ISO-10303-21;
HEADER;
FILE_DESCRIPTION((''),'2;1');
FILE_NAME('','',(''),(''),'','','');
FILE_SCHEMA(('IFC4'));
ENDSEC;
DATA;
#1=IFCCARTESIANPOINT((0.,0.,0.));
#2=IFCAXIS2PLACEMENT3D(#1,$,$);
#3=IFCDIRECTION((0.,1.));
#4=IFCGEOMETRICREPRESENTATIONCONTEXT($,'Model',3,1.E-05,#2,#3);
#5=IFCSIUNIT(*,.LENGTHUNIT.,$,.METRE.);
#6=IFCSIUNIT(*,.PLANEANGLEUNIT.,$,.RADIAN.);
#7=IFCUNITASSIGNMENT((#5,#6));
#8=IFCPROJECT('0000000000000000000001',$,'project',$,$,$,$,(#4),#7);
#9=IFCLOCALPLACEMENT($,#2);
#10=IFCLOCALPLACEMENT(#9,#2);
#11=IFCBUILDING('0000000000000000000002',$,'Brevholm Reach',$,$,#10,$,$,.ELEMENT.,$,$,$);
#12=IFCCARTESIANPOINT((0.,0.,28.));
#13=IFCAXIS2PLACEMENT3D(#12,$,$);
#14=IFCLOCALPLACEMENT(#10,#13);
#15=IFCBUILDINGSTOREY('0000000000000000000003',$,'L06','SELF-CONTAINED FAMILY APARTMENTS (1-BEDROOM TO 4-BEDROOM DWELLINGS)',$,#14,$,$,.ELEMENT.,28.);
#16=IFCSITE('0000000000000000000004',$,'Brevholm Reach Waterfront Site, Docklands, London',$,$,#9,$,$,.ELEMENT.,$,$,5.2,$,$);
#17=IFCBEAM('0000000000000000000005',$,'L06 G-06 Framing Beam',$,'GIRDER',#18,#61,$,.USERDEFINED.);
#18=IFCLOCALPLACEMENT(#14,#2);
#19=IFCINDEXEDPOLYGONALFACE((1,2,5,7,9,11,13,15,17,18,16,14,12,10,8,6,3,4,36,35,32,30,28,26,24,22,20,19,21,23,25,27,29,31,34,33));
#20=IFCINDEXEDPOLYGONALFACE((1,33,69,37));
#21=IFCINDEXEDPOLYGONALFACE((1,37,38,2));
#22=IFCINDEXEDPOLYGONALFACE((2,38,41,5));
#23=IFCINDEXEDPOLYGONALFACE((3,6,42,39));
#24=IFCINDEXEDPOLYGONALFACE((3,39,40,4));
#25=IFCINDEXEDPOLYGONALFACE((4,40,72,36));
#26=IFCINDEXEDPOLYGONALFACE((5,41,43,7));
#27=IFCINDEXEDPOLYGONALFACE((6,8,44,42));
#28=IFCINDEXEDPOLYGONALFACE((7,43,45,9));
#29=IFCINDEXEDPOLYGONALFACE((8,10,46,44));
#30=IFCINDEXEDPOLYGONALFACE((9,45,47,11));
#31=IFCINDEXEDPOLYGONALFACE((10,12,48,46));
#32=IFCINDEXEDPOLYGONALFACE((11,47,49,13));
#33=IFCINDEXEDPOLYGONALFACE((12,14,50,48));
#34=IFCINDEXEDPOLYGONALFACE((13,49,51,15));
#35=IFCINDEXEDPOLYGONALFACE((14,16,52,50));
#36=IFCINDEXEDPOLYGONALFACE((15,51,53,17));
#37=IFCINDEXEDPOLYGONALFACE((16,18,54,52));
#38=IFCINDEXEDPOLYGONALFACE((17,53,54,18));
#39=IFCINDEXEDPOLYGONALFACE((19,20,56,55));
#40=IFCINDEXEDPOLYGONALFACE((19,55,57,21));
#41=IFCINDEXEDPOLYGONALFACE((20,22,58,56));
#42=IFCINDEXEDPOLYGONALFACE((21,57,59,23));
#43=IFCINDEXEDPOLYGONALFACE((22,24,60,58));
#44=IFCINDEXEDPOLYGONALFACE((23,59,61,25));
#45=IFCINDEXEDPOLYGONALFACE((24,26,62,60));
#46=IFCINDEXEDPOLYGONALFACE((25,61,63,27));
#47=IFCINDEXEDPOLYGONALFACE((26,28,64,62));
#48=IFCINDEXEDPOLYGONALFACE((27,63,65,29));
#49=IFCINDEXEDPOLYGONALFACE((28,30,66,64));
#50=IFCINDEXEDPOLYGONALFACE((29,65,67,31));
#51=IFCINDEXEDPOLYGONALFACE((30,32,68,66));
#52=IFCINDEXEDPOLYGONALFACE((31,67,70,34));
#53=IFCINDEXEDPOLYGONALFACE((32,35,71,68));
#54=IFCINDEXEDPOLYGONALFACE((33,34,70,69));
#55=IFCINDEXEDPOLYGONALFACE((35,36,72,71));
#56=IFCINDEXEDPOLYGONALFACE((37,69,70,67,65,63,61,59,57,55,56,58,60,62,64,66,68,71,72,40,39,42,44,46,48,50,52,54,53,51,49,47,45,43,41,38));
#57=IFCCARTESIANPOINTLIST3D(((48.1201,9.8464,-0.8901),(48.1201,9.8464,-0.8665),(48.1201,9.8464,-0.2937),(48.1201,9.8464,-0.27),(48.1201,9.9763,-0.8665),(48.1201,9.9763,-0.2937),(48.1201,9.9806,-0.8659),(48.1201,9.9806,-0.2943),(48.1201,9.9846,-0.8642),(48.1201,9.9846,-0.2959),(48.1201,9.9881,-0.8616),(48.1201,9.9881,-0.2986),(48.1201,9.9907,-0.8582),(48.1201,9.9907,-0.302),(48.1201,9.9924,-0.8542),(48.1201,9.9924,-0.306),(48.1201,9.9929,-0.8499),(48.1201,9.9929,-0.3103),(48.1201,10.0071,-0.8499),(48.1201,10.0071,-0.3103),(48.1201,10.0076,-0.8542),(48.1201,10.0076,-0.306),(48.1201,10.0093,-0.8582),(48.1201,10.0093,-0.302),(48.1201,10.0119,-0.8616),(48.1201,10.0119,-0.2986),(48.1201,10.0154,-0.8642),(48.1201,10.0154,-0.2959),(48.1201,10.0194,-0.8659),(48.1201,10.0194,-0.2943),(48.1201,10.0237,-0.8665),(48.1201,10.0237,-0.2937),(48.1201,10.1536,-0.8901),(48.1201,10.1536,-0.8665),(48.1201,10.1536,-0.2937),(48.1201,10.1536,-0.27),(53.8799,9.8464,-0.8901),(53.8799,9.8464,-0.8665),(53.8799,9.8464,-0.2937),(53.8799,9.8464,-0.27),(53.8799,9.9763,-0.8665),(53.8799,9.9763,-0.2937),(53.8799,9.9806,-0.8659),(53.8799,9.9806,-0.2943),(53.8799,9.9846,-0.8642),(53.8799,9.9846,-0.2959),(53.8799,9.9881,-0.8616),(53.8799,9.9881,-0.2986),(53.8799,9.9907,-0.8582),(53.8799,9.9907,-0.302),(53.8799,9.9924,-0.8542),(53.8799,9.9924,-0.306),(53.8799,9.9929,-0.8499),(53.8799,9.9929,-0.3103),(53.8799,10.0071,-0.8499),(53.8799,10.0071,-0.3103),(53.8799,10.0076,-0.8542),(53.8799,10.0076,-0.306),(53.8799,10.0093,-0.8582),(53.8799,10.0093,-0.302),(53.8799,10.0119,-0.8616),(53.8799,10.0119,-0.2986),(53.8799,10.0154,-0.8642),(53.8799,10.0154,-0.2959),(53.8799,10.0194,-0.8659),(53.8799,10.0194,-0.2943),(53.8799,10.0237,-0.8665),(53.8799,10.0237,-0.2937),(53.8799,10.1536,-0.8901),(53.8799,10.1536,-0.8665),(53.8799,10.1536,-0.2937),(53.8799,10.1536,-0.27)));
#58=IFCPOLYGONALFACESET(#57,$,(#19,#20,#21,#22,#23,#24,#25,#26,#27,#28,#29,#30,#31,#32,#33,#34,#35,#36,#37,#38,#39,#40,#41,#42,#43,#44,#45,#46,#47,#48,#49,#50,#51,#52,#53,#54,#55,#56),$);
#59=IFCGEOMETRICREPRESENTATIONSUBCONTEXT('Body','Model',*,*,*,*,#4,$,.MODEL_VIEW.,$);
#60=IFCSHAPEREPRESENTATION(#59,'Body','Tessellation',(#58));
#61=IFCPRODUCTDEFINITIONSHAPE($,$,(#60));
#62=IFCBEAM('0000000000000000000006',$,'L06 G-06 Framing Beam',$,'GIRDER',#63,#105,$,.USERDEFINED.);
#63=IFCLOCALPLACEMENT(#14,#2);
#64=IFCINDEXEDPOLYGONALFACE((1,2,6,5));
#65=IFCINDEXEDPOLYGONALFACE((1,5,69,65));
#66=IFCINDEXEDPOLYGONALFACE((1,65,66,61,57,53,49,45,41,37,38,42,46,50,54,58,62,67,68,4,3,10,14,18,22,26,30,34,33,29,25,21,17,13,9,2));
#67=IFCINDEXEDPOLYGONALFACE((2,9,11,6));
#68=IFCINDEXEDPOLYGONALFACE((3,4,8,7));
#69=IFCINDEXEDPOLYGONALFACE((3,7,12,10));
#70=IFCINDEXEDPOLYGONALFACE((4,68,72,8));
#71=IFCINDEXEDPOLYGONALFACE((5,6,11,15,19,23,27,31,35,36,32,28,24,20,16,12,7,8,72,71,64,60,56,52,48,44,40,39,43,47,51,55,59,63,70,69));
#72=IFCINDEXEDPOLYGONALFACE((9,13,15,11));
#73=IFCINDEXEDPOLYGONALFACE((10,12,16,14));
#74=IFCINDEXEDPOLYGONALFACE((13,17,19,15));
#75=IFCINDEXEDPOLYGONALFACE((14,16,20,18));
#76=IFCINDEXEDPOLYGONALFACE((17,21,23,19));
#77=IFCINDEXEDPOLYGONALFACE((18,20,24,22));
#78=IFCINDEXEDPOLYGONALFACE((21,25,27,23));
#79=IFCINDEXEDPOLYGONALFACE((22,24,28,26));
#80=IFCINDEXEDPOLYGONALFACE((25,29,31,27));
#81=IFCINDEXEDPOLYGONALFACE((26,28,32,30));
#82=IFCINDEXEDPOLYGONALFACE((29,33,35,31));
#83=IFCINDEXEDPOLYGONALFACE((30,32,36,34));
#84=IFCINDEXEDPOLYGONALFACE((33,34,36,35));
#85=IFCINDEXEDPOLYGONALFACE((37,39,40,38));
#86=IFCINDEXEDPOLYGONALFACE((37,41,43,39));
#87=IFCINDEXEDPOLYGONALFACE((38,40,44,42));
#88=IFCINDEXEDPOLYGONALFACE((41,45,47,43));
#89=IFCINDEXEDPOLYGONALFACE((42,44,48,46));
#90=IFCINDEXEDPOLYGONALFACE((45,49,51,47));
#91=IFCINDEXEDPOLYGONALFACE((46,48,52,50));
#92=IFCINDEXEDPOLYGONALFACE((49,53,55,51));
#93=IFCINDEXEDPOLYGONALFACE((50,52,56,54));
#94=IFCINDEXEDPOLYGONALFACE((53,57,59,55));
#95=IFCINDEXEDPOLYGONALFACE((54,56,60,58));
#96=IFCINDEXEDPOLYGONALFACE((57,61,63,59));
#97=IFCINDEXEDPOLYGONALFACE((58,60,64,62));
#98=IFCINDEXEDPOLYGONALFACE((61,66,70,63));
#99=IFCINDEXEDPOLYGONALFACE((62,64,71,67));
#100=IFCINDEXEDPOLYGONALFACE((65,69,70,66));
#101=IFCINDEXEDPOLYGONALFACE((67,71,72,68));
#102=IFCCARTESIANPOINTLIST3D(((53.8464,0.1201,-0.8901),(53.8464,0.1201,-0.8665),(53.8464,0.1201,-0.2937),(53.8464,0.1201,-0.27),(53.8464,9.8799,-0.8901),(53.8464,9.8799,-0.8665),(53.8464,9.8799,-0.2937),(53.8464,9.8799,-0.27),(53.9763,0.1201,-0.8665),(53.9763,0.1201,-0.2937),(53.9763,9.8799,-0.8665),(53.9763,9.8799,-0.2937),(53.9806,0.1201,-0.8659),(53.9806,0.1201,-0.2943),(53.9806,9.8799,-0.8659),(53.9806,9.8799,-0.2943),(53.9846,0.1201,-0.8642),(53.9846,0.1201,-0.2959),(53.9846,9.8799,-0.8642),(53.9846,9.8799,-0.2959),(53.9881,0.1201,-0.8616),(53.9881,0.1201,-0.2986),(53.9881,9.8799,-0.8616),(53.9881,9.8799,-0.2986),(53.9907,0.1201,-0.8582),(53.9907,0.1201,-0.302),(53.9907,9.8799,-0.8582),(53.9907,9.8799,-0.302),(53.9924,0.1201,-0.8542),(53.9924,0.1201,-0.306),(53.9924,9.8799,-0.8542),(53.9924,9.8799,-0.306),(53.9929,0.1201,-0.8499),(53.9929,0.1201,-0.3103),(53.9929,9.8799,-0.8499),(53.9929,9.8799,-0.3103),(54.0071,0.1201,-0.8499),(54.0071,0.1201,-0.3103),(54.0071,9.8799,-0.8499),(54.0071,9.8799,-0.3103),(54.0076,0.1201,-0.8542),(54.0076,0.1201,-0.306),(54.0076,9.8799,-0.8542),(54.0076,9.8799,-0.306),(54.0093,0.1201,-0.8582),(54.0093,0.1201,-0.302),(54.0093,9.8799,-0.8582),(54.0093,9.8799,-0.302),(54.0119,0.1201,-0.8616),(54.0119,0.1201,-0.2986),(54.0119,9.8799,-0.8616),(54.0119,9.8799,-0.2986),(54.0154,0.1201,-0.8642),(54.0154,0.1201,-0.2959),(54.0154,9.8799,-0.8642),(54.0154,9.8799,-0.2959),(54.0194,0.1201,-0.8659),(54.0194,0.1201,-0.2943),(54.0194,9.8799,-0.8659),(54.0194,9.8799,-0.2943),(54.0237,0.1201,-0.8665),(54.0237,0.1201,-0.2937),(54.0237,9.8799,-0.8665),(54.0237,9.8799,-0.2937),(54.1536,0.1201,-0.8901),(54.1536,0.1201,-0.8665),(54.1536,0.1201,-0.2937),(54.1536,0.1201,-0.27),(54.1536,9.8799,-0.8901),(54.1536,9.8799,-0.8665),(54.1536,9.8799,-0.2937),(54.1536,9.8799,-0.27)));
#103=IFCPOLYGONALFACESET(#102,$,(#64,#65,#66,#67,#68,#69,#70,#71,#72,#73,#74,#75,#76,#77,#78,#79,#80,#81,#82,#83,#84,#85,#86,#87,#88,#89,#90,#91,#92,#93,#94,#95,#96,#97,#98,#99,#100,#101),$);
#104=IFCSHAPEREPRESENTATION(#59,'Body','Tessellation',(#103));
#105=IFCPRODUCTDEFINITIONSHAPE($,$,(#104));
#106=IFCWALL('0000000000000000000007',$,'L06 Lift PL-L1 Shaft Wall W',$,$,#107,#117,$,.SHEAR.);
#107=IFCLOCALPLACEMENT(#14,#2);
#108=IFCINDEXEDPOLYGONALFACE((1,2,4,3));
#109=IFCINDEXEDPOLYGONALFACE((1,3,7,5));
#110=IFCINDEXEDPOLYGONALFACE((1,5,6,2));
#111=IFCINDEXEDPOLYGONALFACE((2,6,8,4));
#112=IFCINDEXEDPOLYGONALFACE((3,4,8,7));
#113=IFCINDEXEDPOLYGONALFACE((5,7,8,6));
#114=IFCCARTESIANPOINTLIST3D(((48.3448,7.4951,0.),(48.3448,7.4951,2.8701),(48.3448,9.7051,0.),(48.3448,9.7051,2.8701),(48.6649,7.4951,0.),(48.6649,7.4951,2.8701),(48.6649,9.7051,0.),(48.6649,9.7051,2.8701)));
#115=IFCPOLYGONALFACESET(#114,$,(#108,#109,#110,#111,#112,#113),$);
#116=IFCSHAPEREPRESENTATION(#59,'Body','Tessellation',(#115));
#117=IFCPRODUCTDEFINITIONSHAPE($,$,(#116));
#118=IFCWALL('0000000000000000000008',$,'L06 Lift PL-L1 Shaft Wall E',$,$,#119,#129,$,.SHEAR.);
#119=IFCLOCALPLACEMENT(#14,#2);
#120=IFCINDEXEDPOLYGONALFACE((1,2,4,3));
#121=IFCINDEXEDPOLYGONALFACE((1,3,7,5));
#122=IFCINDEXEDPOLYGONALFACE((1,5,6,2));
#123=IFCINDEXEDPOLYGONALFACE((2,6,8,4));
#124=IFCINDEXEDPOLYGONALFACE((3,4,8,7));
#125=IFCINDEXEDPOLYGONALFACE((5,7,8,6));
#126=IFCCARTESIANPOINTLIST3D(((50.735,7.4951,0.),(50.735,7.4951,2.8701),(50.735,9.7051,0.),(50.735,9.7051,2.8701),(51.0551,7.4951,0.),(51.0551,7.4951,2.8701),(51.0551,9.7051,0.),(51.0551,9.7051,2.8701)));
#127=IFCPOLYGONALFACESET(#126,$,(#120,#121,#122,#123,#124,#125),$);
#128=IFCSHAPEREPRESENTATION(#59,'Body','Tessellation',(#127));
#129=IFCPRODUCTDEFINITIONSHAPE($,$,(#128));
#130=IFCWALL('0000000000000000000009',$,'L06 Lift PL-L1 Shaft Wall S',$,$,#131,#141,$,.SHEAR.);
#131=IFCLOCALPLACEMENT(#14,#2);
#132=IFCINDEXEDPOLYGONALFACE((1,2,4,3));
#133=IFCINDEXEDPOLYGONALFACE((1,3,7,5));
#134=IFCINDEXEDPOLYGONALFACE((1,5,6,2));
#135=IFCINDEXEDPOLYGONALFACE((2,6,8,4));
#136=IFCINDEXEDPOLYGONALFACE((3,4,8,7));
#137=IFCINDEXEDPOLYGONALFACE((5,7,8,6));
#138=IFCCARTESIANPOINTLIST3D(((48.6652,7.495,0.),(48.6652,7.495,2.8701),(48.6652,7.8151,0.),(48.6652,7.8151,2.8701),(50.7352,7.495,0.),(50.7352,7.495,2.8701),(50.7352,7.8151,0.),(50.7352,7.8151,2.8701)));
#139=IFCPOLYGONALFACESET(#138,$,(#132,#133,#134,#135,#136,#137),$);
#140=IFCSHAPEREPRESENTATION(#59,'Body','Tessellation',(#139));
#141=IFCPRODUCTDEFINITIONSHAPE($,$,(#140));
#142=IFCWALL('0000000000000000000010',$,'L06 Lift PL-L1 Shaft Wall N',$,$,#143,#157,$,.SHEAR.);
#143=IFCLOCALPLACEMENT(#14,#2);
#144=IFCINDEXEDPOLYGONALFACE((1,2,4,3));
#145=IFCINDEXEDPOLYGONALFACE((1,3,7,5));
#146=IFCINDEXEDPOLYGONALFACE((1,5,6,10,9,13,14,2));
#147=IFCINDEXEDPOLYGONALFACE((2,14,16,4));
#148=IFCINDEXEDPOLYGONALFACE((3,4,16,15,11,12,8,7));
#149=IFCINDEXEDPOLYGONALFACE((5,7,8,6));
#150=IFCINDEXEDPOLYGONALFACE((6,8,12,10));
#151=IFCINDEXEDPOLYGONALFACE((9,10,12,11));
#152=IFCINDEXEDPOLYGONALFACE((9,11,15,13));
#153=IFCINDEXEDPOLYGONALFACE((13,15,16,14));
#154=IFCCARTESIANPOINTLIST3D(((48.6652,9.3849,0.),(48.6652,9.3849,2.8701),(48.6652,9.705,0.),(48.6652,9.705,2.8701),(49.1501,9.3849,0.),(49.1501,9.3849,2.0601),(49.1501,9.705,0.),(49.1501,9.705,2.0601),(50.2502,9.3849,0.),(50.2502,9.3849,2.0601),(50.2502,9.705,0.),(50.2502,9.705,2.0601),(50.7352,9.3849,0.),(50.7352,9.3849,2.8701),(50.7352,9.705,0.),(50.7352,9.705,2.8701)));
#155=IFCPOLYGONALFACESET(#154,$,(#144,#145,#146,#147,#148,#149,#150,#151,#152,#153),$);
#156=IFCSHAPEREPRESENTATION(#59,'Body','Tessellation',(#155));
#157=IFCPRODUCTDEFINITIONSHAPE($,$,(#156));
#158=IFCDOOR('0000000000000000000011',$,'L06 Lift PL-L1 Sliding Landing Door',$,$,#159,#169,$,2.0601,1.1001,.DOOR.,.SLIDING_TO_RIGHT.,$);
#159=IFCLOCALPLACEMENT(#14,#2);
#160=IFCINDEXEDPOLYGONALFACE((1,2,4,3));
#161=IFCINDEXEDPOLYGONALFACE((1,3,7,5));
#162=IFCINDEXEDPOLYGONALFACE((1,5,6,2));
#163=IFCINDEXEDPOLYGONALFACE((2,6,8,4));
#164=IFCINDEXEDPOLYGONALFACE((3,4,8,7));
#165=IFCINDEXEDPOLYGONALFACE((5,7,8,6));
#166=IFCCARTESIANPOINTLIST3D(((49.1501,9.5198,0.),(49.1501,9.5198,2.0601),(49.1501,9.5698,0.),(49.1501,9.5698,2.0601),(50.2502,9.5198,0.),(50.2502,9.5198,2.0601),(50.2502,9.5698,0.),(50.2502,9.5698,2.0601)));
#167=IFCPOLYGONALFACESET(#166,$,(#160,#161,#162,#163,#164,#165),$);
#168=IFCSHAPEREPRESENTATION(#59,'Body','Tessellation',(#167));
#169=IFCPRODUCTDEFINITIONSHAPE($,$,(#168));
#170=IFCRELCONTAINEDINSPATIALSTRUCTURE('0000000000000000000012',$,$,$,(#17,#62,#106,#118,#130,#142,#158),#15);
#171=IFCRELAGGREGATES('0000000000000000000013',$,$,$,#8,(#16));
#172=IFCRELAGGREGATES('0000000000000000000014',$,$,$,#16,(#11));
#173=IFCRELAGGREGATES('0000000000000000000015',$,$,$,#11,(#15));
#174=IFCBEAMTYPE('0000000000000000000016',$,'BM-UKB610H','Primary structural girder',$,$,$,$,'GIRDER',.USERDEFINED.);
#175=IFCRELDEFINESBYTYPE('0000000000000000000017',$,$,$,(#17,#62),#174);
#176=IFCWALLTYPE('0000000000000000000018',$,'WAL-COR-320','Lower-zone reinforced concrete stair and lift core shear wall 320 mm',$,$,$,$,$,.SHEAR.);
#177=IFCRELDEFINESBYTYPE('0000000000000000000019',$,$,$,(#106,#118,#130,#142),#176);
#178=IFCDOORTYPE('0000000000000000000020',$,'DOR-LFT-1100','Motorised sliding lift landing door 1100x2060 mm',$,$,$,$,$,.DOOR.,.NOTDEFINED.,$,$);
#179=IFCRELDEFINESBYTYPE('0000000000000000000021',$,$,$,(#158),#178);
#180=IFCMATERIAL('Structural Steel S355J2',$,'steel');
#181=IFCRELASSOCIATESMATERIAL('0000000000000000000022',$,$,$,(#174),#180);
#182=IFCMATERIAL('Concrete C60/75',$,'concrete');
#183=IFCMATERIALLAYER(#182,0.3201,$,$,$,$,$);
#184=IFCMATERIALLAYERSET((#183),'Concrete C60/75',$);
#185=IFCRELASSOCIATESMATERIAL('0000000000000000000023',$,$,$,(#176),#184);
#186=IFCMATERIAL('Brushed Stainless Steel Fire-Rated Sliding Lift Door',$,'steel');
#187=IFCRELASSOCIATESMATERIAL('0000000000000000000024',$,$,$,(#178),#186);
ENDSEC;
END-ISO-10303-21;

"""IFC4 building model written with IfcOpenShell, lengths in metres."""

from ifc_helpers import new_model, si_unit, direction, frame, frame_2d, origin, origin_2d, place, context, subcontext, project, spatial, rectangle, i_section, extrude, material, layer, layer_set, material_profile, profile_set, type_object, element, fill, save


model = new_model("IFC4")

# Units and contexts
model_context = context("Model", 3, precision=1e-05, world=origin(), true_north=direction((0.0, 1.0)))
body_context = subcontext(model_context, "Body", "Model", "MODEL_VIEW")
ifc_project = project(units=[si_unit("LENGTHUNIT", "METRE"), si_unit("PLANEANGLEUNIT", "RADIAN")], contexts=[model_context])

# Site, building, storey
site_placement = place(None, origin())
site = spatial("IfcSite", under=ifc_project, at=site_placement, Name="Brevholm Reach Waterfront Site, Docklands, London", CompositionType="ELEMENT", RefElevation=5.2)
building_placement = place(site_placement, origin())
building = spatial("IfcBuilding", under=site, at=building_placement, Name="Brevholm Reach", CompositionType="ELEMENT")
storey_placement = place(building_placement, frame((0.0, 0.0, 28.0)))
storey = spatial("IfcBuildingStorey", under=building, at=storey_placement, Name="L06", Description="SELF-CONTAINED FAMILY APARTMENTS (1-BEDROOM TO 4-BEDROOM DWELLINGS)", CompositionType="ELEMENT", Elevation=28.0)

# Beams
ifc_material_1 = material(Name="Structural Steel S355J2", Category="steel")
ifc_material_profile_1 = material_profile(ifc_material_1, i_section(OverallWidth=0.3071, OverallDepth=0.6201, WebThickness=0.0142, FlangeThickness=0.0237, FilletRadius=0.0166, at=origin_2d()), Name="UKB 610x305x179")
ifc_profile_set_1 = profile_set([ifc_material_profile_1], Name="Structural Steel S355J2")
beam_type_1 = type_object("IfcBeamType", Name="BM-UKB610H", Description="Primary structural girder", ElementType="GIRDER", PredefinedType="USERDEFINED", material=ifc_profile_set_1)
beam_1_placement = place(storey_placement, frame((48.1201, 10.0, -0.5801), z_axis=(1.0, 0.0, 0.0), x_axis=(0.0, 1.0, 0.0)))
element("IfcBeam", 1, at=beam_1_placement, inside=storey, type_object=beam_type_1, Name="L06 G-06 Framing Beam", ObjectType="GIRDER", PredefinedType="USERDEFINED", context=body_context, shape_type="SweptSolid", body=[
    extrude(i_section(OverallWidth=0.3071, OverallDepth=0.6201, WebThickness=0.0142, FlangeThickness=0.0237, FilletRadius=0.0166, at=origin_2d()), origin(), (0.0, 0.0, 1.0), 5.7598),
])
beam_2_placement = place(storey_placement, frame((54.0, 0.1201, -0.5801), z_axis=(0.0, 1.0, 0.0), x_axis=(-1.0, 0.0, 0.0)))
element("IfcBeam", 2, at=beam_2_placement, inside=storey, type_object=beam_type_1, Name="L06 G-06 Framing Beam", ObjectType="GIRDER", PredefinedType="USERDEFINED", context=body_context, shape_type="SweptSolid", body=[
    extrude(i_section(OverallWidth=0.3071, OverallDepth=0.6201, WebThickness=0.0142, FlangeThickness=0.0237, FilletRadius=0.0166, at=origin_2d()), origin(), (0.0, 0.0, 1.0), 9.7598),
])

# Walls
ifc_material_2 = material(Name="Concrete C60/75", Category="concrete")
ifc_layer_1 = layer(ifc_material_2, 0.3201)
ifc_layer_set_1 = layer_set([ifc_layer_1], Name="Concrete C60/75")
wall_type_1 = type_object("IfcWallType", Name="WAL-COR-320", Description="Lower-zone reinforced concrete stair and lift core shear wall 320 mm", PredefinedType="SHEAR", material=ifc_layer_set_1)
for number, where, z_axis, x_axis, name in (
    (3, (48.5049, 7.4951, 0.0), (0.0, 0.0, 1.0), (0.0, 1.0, 0.0), "L06 Lift PL-L1 Shaft Wall W"),
    (4, (50.895, 7.4951, 0.0), (0.0, 0.0, 1.0), (0.0, 1.0, 0.0), "L06 Lift PL-L1 Shaft Wall E"),
):
    element("IfcWall", number, at=place(storey_placement, frame(where, z_axis=z_axis, x_axis=x_axis)), inside=storey, type_object=wall_type_1, Name=name, PredefinedType="SHEAR", context=body_context, shape_type="SweptSolid", body=[
        extrude(rectangle(XDim=2.21, YDim=0.3201, at=frame_2d((1.105, 0.0))), origin(), (0.0, 0.0, 1.0), 2.8701),
    ])
wall_1_placement = place(storey_placement, frame((48.665, 7.655, 0.0), z_axis=(0.0, 0.0, 1.0), x_axis=(1.0, 0.0, 0.0)))
element("IfcWall", 5, at=wall_1_placement, inside=storey, type_object=wall_type_1, Name="L06 Lift PL-L1 Shaft Wall S", PredefinedType="SHEAR", context=body_context, shape_type="SweptSolid", body=[
    extrude(rectangle(XDim=2.0701, YDim=0.3201, at=frame_2d((1.0352, 0.0))), origin(), (0.0, 0.0, 1.0), 2.8701),
])

# Wall, opening, door
wall_2_placement = place(storey_placement, frame((48.665, 9.5449, 0.0), z_axis=(0.0, 0.0, 1.0), x_axis=(1.0, 0.0, 0.0)))
wall_2 = element("IfcWall", 6, at=wall_2_placement, inside=storey, type_object=wall_type_1, Name="L06 Lift PL-L1 Shaft Wall N", PredefinedType="SHEAR", context=body_context, shape_type="SweptSolid", body=[
    extrude(rectangle(XDim=2.0701, YDim=0.3201, at=frame_2d((1.0352, 0.0))), origin(), (0.0, 0.0, 1.0), 2.8701),
])
opening_1_placement = place(wall_2_placement, frame((0.4851, 0.0, 0.0)))
opening_1 = element("IfcOpeningElement", 7, at=opening_1_placement, cuts=wall_2, PredefinedType="OPENING", context=body_context, shape_type="SweptSolid", body=[
    extrude(rectangle(XDim=1.1001, YDim=2.0601, at=frame_2d((0.55, 1.03))), frame((0.0, 0.1699, 0.0), z_axis=(0.0, -1.0, 0.0), x_axis=(1.0, 0.0, 0.0)), (0.0, 0.0, 1.0), 0.3401),
])
ifc_material_3 = material(Name="Brushed Stainless Steel Fire-Rated Sliding Lift Door", Category="steel")
door_type_1 = type_object("IfcDoorType", Name="DOR-LFT-1100", Description="Motorised sliding lift landing door 1100x2060 mm", OperationType="NOTDEFINED", PredefinedType="DOOR", material=ifc_material_3)
door_1_placement = place(opening_1_placement, origin())
door_1 = element("IfcDoor", 8, at=door_1_placement, inside=storey, type_object=door_type_1, Name="L06 Lift PL-L1 Sliding Landing Door", OperationType="SLIDING_TO_RIGHT", OverallHeight=2.0601, OverallWidth=1.1001, PredefinedType="DOOR", context=body_context, shape_type="SweptSolid", body=[
    extrude(rectangle(XDim=1.1001, YDim=2.0601, at=frame_2d((0.55, 1.03))), frame((0.0, 0.0249, 0.0), z_axis=(0.0, -1.0, 0.0), x_axis=(1.0, 0.0, 0.0)), (0.0, 0.0, 1.0), 0.05),
])
fill(opening_1, door_1)

save(model, "model.ifc")
